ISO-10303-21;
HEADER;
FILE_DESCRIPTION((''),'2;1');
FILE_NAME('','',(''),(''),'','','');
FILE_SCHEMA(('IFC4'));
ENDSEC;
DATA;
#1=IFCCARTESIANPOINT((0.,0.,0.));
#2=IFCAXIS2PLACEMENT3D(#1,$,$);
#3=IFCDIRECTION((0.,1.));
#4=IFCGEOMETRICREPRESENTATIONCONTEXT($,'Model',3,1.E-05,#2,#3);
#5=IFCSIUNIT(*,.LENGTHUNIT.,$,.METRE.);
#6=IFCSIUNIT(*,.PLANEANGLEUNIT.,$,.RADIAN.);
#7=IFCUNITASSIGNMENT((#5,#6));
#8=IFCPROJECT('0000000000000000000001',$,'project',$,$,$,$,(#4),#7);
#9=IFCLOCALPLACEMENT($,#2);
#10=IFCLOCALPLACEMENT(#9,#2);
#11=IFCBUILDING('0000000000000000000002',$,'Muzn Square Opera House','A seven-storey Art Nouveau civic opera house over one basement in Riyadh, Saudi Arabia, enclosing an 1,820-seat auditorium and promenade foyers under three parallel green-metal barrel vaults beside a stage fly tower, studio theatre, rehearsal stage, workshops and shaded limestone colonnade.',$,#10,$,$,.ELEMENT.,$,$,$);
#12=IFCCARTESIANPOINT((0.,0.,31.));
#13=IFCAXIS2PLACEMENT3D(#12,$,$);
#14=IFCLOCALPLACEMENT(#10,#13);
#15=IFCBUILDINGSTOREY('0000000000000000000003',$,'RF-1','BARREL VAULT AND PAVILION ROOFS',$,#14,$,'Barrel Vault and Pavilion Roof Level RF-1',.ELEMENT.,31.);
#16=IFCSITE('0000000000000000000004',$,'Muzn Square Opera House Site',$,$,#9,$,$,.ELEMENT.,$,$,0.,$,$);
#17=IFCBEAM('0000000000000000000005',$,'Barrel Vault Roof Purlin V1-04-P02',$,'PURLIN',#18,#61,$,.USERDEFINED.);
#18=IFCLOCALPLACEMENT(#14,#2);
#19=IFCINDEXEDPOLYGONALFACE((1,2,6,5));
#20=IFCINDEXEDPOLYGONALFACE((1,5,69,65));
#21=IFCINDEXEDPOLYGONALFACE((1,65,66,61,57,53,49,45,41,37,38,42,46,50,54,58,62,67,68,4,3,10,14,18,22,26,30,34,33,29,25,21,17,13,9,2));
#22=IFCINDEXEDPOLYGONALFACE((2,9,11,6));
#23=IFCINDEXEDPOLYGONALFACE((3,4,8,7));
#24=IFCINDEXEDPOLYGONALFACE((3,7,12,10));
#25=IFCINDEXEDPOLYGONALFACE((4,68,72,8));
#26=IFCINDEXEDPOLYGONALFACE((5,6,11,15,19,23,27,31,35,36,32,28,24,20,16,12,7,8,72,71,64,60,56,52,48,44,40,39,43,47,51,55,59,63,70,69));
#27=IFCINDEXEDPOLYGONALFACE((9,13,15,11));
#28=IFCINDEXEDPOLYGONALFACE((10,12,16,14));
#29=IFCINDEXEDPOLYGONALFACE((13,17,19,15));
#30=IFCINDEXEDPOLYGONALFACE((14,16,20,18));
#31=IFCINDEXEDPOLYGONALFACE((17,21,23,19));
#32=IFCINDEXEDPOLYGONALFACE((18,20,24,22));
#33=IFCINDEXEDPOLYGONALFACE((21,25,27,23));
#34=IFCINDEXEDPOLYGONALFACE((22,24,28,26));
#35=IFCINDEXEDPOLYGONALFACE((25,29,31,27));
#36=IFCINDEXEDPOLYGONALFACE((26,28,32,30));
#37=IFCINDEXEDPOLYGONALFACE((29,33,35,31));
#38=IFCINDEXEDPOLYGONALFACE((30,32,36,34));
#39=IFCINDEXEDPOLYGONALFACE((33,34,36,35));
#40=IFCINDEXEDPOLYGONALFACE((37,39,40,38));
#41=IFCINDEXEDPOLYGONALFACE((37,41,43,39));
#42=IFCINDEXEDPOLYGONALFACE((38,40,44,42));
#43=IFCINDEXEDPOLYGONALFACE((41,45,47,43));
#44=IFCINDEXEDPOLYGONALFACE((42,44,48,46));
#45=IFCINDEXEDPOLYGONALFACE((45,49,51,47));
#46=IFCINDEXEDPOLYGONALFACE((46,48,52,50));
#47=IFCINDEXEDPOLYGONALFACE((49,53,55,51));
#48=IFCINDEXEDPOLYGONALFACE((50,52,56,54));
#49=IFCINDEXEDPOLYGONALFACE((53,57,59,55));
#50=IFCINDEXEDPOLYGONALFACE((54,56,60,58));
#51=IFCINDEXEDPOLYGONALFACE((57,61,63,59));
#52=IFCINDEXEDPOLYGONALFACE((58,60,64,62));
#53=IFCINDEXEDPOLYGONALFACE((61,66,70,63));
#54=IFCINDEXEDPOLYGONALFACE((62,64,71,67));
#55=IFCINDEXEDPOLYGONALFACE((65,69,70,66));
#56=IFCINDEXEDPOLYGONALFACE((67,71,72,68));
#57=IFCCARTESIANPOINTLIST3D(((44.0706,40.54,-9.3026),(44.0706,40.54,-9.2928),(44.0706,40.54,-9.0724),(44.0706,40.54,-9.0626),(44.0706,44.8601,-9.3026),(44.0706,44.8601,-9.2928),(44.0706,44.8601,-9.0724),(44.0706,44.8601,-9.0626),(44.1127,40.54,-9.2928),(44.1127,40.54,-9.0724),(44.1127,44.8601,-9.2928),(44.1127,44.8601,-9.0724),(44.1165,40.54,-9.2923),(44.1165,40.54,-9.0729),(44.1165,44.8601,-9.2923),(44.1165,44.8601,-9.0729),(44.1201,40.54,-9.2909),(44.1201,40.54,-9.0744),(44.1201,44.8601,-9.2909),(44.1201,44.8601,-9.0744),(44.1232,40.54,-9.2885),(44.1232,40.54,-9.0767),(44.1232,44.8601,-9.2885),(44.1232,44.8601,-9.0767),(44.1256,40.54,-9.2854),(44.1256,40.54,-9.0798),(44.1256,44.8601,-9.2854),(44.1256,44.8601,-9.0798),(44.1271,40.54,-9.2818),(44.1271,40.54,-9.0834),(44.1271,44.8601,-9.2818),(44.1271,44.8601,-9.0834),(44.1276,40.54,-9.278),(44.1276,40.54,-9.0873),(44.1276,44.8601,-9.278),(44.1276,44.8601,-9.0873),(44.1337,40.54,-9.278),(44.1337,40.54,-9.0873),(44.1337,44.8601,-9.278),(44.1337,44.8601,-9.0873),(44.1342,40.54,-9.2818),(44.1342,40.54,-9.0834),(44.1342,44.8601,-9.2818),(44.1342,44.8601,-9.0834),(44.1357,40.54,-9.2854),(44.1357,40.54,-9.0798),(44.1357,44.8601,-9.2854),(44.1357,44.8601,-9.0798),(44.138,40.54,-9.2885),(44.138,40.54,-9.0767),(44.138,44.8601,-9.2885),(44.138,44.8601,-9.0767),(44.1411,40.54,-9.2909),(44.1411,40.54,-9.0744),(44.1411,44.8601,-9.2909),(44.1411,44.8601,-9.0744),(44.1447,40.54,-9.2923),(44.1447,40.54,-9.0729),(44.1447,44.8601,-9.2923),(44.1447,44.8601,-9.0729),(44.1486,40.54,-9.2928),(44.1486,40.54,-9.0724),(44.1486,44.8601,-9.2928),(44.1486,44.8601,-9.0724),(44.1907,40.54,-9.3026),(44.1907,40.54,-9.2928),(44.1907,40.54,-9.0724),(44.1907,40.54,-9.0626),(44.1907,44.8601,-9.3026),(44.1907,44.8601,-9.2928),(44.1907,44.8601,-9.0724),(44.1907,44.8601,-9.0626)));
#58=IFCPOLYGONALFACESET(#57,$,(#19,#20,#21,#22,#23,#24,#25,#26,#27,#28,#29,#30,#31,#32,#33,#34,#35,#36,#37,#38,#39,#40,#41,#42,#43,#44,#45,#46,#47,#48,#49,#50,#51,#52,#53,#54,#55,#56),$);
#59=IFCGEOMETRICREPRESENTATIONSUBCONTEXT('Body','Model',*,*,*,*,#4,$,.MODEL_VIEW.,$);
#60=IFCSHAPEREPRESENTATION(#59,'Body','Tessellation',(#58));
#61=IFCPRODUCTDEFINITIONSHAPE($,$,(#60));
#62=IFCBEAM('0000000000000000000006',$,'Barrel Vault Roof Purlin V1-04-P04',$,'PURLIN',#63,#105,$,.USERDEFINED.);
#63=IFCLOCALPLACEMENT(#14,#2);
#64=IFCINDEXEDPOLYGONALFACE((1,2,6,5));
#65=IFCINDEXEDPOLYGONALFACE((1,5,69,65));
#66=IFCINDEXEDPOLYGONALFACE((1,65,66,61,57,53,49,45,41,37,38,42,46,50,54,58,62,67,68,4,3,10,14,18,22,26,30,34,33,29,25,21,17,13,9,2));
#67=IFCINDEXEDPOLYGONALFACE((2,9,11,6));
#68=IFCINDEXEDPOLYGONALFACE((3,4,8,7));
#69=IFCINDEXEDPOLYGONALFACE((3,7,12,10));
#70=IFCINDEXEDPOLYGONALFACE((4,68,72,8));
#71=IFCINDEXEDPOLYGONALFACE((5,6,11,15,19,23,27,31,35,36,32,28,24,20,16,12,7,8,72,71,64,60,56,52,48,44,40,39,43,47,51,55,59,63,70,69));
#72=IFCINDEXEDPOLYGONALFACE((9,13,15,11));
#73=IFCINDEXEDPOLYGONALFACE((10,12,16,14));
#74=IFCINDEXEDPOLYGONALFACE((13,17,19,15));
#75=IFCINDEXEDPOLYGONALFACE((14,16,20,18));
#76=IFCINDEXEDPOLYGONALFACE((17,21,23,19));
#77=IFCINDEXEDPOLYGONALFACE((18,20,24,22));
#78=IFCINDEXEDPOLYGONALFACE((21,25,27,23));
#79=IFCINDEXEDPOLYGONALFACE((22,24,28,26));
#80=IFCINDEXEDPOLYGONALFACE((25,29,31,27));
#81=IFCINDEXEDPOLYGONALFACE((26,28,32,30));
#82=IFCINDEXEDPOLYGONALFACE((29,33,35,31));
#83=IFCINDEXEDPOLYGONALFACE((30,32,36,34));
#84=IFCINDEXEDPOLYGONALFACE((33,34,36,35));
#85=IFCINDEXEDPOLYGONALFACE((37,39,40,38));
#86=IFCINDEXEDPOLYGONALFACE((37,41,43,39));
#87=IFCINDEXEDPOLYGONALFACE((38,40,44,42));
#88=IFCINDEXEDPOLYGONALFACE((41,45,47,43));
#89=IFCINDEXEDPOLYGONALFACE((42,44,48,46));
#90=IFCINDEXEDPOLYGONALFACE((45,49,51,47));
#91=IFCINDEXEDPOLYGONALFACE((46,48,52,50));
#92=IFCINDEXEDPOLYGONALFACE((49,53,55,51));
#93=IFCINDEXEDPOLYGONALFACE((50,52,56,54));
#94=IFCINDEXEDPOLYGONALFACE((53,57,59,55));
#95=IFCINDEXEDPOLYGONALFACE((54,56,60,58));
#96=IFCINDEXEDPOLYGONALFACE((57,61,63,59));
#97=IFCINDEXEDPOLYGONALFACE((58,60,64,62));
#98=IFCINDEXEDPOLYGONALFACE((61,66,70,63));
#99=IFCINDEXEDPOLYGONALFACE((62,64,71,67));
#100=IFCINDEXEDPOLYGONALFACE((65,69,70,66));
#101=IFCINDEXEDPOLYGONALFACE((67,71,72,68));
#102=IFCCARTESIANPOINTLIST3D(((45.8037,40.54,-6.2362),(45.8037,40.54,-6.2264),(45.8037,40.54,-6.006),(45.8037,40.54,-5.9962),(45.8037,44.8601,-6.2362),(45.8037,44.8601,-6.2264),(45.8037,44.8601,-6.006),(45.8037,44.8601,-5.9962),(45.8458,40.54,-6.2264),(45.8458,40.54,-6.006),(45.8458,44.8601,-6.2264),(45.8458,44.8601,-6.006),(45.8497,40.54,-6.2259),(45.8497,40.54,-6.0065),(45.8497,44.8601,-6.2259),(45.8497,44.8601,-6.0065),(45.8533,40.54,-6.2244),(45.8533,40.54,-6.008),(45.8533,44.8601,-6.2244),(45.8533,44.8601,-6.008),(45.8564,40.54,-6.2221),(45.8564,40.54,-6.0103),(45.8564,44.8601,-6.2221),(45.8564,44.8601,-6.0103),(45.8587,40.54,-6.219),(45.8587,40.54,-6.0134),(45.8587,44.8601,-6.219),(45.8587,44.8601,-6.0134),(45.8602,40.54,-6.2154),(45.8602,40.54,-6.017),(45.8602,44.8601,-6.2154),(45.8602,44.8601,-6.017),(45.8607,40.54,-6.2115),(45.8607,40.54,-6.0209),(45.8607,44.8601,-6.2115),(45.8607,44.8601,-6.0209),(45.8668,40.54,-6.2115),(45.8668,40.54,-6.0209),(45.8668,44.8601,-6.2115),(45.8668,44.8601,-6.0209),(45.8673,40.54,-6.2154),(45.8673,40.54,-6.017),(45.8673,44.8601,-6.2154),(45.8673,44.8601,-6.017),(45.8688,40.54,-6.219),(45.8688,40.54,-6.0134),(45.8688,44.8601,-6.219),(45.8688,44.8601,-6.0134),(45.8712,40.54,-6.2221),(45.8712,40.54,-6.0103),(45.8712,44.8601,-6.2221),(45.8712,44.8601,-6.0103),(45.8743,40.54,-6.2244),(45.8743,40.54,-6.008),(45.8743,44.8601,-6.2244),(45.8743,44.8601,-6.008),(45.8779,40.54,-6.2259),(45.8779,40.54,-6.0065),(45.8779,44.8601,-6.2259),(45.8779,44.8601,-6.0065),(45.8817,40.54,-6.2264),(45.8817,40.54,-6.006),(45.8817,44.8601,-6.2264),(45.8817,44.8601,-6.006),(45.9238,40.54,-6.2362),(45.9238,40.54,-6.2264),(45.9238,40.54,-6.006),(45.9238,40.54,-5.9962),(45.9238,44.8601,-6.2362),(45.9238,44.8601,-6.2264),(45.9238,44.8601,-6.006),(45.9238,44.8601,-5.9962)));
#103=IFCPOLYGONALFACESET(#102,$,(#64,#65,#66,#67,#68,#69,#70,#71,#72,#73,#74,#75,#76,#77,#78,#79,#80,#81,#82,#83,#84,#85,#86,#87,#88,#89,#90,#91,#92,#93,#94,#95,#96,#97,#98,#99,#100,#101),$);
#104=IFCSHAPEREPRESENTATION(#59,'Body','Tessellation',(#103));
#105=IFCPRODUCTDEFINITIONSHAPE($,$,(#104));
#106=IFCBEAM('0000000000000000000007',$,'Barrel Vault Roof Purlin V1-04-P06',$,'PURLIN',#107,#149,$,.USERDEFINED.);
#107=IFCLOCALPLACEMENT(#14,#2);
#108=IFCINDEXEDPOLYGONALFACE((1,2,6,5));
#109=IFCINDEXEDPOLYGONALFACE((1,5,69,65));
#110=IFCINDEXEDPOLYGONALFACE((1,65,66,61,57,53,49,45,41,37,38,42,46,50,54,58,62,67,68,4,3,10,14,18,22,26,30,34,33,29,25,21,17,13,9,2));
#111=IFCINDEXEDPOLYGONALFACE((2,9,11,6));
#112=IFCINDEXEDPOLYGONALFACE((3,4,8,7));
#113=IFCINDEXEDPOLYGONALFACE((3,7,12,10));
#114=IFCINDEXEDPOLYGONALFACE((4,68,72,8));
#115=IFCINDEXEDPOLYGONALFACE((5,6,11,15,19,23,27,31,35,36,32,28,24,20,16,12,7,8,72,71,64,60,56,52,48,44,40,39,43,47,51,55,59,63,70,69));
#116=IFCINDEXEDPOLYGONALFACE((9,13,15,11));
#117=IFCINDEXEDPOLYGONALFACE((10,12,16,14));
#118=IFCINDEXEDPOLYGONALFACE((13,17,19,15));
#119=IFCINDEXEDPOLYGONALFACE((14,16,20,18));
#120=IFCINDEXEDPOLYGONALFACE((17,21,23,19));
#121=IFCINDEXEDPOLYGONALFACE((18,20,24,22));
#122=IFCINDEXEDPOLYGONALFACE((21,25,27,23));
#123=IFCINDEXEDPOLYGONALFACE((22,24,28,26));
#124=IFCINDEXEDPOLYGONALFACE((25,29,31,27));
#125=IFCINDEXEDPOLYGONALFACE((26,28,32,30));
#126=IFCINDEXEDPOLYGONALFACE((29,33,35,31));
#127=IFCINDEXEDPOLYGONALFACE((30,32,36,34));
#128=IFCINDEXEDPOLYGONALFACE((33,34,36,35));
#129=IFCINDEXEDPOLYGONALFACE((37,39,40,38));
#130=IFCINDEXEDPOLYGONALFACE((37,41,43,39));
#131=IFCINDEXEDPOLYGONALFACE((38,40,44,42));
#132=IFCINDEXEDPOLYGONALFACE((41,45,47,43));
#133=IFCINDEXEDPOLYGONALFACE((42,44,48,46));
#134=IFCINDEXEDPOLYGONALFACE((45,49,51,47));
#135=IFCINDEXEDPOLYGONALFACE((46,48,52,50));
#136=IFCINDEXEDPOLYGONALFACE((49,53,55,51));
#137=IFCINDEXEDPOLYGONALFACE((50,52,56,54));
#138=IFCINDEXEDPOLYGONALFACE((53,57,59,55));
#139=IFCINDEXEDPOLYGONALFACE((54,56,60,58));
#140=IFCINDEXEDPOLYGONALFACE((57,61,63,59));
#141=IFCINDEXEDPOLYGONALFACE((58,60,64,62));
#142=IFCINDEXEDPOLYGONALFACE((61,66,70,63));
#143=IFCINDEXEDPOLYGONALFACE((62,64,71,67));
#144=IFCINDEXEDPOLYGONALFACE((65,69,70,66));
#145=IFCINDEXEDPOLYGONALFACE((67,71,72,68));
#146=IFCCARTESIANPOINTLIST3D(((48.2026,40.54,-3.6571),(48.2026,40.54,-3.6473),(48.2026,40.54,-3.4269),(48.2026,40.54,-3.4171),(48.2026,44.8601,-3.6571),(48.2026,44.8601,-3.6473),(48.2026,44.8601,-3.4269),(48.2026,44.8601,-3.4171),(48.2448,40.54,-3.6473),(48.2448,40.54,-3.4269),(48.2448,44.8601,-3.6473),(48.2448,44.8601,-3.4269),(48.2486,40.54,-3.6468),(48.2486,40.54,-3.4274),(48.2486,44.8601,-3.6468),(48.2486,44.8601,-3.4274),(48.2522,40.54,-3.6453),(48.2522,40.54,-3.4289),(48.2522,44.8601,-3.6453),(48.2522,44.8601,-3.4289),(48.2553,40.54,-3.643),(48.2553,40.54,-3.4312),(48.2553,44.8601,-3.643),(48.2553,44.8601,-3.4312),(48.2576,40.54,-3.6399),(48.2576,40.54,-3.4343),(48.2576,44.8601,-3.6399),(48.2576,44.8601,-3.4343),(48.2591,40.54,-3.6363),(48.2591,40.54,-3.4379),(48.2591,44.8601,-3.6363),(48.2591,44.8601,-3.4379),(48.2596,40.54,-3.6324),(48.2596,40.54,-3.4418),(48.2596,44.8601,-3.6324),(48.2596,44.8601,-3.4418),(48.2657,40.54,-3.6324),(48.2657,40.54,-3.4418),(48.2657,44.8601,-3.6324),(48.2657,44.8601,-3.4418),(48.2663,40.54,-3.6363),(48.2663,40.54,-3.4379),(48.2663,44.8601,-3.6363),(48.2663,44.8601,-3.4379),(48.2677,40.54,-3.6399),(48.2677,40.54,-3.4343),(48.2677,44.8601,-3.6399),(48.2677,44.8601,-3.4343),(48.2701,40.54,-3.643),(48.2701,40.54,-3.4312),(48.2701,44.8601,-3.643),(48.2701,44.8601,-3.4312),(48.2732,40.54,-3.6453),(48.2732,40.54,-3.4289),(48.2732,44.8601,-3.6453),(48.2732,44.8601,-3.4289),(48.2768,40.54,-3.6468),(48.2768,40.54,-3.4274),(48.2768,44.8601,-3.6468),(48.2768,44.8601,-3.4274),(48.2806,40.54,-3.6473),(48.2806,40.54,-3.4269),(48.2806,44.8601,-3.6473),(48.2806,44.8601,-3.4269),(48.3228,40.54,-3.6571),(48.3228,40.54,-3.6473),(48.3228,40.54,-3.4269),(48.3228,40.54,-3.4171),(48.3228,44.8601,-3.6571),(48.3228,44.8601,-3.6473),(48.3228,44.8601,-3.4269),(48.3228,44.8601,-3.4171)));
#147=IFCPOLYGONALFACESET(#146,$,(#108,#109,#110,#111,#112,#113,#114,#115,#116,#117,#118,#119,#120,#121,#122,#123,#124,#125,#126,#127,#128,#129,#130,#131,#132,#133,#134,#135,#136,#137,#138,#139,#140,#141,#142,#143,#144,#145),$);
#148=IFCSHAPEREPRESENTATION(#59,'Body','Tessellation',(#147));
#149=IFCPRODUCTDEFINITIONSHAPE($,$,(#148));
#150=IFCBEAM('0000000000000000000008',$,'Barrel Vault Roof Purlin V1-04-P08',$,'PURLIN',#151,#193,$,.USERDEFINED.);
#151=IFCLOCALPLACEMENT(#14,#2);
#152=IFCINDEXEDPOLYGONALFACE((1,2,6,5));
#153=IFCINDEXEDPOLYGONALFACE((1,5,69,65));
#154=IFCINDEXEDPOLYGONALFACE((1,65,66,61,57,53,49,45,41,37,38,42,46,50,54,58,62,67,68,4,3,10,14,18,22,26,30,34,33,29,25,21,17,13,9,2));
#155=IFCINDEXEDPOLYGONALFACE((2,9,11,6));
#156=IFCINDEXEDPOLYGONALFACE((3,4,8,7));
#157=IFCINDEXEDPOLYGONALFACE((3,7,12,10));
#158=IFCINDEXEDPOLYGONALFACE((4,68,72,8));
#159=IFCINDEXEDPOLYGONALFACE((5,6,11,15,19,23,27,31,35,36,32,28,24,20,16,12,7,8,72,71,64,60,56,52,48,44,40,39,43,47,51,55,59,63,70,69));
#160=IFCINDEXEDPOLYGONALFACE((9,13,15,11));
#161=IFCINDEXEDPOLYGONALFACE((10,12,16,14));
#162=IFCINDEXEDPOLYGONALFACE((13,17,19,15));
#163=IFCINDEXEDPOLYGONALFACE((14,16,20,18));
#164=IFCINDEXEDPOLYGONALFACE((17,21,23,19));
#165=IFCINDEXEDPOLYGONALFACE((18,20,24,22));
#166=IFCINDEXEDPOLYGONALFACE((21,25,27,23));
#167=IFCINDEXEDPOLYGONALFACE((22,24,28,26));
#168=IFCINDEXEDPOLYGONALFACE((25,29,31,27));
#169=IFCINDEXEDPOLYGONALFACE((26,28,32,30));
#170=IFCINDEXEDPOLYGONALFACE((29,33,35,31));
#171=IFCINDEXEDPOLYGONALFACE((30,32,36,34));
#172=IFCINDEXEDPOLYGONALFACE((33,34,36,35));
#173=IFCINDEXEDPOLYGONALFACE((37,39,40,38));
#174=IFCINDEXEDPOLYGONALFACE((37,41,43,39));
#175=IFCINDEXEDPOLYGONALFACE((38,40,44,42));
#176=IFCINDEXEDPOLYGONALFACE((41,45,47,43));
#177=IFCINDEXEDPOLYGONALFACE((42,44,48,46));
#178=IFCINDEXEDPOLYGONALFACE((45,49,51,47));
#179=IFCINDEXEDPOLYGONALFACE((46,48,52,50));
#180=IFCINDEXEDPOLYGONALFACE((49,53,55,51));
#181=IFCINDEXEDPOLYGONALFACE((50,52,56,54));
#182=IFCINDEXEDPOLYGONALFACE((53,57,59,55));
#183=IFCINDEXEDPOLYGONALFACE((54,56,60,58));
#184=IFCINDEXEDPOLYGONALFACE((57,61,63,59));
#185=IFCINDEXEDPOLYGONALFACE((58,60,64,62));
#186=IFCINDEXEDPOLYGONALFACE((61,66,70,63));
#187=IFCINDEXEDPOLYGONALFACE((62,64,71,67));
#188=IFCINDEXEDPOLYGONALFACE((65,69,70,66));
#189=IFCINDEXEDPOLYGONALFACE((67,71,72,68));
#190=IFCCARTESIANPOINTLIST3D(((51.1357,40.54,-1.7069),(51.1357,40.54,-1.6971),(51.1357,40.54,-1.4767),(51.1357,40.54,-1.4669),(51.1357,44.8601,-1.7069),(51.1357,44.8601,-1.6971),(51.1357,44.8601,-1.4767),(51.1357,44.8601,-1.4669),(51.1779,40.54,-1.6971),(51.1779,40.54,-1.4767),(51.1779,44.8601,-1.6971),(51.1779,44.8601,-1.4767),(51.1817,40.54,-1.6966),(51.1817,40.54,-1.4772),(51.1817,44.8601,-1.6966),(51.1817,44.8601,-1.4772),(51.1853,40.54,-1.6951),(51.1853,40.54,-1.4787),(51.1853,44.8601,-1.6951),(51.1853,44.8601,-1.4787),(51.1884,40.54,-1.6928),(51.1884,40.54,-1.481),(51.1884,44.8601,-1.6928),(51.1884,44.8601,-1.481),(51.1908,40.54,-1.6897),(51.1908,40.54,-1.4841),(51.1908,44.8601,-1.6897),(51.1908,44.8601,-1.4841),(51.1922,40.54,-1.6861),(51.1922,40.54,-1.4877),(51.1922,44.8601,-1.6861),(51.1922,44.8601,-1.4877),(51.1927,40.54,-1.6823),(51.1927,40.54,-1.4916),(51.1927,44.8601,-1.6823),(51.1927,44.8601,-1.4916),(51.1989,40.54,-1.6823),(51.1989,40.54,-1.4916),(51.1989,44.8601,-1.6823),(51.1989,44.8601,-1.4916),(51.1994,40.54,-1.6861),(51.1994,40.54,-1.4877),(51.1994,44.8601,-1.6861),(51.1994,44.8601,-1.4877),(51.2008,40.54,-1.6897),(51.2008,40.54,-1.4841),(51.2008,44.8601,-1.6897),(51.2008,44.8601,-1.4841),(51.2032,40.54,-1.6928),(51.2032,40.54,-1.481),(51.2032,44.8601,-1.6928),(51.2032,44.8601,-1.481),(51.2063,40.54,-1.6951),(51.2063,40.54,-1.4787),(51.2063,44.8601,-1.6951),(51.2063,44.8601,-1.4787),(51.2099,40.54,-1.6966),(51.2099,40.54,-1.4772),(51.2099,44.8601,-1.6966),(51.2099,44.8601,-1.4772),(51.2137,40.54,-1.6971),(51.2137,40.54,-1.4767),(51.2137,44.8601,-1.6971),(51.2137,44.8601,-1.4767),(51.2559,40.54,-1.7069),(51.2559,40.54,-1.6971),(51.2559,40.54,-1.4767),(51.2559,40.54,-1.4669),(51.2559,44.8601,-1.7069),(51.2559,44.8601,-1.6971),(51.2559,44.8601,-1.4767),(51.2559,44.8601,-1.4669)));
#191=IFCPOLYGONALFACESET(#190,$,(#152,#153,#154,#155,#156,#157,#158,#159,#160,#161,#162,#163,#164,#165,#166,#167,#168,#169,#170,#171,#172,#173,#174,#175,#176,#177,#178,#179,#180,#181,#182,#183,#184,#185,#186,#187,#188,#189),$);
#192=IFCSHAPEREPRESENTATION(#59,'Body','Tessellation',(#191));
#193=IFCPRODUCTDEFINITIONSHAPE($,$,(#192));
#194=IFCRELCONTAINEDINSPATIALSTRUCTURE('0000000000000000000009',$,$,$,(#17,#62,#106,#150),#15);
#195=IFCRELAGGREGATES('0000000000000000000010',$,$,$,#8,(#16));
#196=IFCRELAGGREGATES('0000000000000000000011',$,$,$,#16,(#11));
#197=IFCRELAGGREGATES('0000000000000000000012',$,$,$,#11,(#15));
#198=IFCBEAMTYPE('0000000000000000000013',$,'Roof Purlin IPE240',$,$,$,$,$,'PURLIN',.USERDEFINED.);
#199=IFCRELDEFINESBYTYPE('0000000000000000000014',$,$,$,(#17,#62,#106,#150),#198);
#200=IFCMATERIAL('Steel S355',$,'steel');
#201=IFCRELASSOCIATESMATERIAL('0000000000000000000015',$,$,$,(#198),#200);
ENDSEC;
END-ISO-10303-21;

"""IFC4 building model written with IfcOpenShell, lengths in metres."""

from ifc_helpers import new_model, si_unit, direction, frame, origin, origin_2d, place, context, subcontext, project, spatial, i_section, extrude, material, material_profile, profile_set, type_object, element, save


model = new_model("IFC4")

# Units and contexts
model_context = context("Model", 3, precision=1e-05, world=origin(), true_north=direction((0.0, 1.0)))
body_context = subcontext(model_context, "Body", "Model", "MODEL_VIEW")
ifc_project = project(units=[si_unit("LENGTHUNIT", "METRE"), si_unit("PLANEANGLEUNIT", "RADIAN")], contexts=[model_context])

# Site, building, storey
site_placement = place(None, origin())
site = spatial("IfcSite", under=ifc_project, at=site_placement, Name="Muzn Square Opera House Site", CompositionType="ELEMENT", RefElevation=0.0)
building_placement = place(site_placement, origin())
building = spatial("IfcBuilding", under=site, at=building_placement, Name="Muzn Square Opera House", Description="A seven-storey Art Nouveau civic opera house over one basement in Riyadh, Saudi Arabia, enclosing an 1,820-seat auditorium and promenade foyers under three parallel green-metal barrel vaults beside a stage fly tower, studio theatre, rehearsal stage, workshops and shaded limestone colonnade.", CompositionType="ELEMENT")
storey_placement = place(building_placement, frame((0.0, 0.0, 31.0)))
storey = spatial("IfcBuildingStorey", under=building, at=storey_placement, Name="RF-1", Description="BARREL VAULT AND PAVILION ROOFS", LongName="Barrel Vault and Pavilion Roof Level RF-1", CompositionType="ELEMENT", Elevation=31.0)

# Beams
ifc_material_1 = material(Name="Steel S355", Category="steel")
ifc_material_profile_1 = material_profile(ifc_material_1, i_section(OverallWidth=0.1201, OverallDepth=0.24, WebThickness=0.0061, FlangeThickness=0.0098, FilletRadius=0.0149, at=origin_2d()), Name="IPE 240", Category="steel")
ifc_profile_set_1 = profile_set([ifc_material_profile_1], Name="Steel S355")
beam_type_1 = type_object("IfcBeamType", Name="Roof Purlin IPE240", ElementType="PURLIN", PredefinedType="USERDEFINED", material=ifc_profile_set_1)
for number, where, z_axis, x_axis, name in (
    (1, (44.1306, 40.54, -9.1826), (0.0, 1.0, 0.0), (-1.0, 0.0, 0.0), "Barrel Vault Roof Purlin V1-04-P02"),
    (2, (45.8638, 40.54, -6.1162), (0.0, 1.0, 0.0), (-1.0, 0.0, 0.0), "Barrel Vault Roof Purlin V1-04-P04"),
    (3, (48.2627, 40.54, -3.5371), (0.0, 1.0, 0.0), (-1.0, 0.0, 0.0), "Barrel Vault Roof Purlin V1-04-P06"),
    (4, (51.1958, 40.54, -1.5869), (0.0, 1.0, 0.0), (-1.0, 0.0, 0.0), "Barrel Vault Roof Purlin V1-04-P08"),
):
    element("IfcBeam", number, at=place(storey_placement, frame(where, z_axis=z_axis, x_axis=x_axis)), inside=storey, type_object=beam_type_1, Name=name, ObjectType="PURLIN", PredefinedType="USERDEFINED", context=body_context, shape_type="SweptSolid", body=[
        extrude(i_section(OverallWidth=0.1201, OverallDepth=0.24, WebThickness=0.0061, FlangeThickness=0.0098, FilletRadius=0.0149, at=origin_2d()), origin(), (0.0, 0.0, 1.0), 4.3201),
    ])

save(model, "model.ifc")
